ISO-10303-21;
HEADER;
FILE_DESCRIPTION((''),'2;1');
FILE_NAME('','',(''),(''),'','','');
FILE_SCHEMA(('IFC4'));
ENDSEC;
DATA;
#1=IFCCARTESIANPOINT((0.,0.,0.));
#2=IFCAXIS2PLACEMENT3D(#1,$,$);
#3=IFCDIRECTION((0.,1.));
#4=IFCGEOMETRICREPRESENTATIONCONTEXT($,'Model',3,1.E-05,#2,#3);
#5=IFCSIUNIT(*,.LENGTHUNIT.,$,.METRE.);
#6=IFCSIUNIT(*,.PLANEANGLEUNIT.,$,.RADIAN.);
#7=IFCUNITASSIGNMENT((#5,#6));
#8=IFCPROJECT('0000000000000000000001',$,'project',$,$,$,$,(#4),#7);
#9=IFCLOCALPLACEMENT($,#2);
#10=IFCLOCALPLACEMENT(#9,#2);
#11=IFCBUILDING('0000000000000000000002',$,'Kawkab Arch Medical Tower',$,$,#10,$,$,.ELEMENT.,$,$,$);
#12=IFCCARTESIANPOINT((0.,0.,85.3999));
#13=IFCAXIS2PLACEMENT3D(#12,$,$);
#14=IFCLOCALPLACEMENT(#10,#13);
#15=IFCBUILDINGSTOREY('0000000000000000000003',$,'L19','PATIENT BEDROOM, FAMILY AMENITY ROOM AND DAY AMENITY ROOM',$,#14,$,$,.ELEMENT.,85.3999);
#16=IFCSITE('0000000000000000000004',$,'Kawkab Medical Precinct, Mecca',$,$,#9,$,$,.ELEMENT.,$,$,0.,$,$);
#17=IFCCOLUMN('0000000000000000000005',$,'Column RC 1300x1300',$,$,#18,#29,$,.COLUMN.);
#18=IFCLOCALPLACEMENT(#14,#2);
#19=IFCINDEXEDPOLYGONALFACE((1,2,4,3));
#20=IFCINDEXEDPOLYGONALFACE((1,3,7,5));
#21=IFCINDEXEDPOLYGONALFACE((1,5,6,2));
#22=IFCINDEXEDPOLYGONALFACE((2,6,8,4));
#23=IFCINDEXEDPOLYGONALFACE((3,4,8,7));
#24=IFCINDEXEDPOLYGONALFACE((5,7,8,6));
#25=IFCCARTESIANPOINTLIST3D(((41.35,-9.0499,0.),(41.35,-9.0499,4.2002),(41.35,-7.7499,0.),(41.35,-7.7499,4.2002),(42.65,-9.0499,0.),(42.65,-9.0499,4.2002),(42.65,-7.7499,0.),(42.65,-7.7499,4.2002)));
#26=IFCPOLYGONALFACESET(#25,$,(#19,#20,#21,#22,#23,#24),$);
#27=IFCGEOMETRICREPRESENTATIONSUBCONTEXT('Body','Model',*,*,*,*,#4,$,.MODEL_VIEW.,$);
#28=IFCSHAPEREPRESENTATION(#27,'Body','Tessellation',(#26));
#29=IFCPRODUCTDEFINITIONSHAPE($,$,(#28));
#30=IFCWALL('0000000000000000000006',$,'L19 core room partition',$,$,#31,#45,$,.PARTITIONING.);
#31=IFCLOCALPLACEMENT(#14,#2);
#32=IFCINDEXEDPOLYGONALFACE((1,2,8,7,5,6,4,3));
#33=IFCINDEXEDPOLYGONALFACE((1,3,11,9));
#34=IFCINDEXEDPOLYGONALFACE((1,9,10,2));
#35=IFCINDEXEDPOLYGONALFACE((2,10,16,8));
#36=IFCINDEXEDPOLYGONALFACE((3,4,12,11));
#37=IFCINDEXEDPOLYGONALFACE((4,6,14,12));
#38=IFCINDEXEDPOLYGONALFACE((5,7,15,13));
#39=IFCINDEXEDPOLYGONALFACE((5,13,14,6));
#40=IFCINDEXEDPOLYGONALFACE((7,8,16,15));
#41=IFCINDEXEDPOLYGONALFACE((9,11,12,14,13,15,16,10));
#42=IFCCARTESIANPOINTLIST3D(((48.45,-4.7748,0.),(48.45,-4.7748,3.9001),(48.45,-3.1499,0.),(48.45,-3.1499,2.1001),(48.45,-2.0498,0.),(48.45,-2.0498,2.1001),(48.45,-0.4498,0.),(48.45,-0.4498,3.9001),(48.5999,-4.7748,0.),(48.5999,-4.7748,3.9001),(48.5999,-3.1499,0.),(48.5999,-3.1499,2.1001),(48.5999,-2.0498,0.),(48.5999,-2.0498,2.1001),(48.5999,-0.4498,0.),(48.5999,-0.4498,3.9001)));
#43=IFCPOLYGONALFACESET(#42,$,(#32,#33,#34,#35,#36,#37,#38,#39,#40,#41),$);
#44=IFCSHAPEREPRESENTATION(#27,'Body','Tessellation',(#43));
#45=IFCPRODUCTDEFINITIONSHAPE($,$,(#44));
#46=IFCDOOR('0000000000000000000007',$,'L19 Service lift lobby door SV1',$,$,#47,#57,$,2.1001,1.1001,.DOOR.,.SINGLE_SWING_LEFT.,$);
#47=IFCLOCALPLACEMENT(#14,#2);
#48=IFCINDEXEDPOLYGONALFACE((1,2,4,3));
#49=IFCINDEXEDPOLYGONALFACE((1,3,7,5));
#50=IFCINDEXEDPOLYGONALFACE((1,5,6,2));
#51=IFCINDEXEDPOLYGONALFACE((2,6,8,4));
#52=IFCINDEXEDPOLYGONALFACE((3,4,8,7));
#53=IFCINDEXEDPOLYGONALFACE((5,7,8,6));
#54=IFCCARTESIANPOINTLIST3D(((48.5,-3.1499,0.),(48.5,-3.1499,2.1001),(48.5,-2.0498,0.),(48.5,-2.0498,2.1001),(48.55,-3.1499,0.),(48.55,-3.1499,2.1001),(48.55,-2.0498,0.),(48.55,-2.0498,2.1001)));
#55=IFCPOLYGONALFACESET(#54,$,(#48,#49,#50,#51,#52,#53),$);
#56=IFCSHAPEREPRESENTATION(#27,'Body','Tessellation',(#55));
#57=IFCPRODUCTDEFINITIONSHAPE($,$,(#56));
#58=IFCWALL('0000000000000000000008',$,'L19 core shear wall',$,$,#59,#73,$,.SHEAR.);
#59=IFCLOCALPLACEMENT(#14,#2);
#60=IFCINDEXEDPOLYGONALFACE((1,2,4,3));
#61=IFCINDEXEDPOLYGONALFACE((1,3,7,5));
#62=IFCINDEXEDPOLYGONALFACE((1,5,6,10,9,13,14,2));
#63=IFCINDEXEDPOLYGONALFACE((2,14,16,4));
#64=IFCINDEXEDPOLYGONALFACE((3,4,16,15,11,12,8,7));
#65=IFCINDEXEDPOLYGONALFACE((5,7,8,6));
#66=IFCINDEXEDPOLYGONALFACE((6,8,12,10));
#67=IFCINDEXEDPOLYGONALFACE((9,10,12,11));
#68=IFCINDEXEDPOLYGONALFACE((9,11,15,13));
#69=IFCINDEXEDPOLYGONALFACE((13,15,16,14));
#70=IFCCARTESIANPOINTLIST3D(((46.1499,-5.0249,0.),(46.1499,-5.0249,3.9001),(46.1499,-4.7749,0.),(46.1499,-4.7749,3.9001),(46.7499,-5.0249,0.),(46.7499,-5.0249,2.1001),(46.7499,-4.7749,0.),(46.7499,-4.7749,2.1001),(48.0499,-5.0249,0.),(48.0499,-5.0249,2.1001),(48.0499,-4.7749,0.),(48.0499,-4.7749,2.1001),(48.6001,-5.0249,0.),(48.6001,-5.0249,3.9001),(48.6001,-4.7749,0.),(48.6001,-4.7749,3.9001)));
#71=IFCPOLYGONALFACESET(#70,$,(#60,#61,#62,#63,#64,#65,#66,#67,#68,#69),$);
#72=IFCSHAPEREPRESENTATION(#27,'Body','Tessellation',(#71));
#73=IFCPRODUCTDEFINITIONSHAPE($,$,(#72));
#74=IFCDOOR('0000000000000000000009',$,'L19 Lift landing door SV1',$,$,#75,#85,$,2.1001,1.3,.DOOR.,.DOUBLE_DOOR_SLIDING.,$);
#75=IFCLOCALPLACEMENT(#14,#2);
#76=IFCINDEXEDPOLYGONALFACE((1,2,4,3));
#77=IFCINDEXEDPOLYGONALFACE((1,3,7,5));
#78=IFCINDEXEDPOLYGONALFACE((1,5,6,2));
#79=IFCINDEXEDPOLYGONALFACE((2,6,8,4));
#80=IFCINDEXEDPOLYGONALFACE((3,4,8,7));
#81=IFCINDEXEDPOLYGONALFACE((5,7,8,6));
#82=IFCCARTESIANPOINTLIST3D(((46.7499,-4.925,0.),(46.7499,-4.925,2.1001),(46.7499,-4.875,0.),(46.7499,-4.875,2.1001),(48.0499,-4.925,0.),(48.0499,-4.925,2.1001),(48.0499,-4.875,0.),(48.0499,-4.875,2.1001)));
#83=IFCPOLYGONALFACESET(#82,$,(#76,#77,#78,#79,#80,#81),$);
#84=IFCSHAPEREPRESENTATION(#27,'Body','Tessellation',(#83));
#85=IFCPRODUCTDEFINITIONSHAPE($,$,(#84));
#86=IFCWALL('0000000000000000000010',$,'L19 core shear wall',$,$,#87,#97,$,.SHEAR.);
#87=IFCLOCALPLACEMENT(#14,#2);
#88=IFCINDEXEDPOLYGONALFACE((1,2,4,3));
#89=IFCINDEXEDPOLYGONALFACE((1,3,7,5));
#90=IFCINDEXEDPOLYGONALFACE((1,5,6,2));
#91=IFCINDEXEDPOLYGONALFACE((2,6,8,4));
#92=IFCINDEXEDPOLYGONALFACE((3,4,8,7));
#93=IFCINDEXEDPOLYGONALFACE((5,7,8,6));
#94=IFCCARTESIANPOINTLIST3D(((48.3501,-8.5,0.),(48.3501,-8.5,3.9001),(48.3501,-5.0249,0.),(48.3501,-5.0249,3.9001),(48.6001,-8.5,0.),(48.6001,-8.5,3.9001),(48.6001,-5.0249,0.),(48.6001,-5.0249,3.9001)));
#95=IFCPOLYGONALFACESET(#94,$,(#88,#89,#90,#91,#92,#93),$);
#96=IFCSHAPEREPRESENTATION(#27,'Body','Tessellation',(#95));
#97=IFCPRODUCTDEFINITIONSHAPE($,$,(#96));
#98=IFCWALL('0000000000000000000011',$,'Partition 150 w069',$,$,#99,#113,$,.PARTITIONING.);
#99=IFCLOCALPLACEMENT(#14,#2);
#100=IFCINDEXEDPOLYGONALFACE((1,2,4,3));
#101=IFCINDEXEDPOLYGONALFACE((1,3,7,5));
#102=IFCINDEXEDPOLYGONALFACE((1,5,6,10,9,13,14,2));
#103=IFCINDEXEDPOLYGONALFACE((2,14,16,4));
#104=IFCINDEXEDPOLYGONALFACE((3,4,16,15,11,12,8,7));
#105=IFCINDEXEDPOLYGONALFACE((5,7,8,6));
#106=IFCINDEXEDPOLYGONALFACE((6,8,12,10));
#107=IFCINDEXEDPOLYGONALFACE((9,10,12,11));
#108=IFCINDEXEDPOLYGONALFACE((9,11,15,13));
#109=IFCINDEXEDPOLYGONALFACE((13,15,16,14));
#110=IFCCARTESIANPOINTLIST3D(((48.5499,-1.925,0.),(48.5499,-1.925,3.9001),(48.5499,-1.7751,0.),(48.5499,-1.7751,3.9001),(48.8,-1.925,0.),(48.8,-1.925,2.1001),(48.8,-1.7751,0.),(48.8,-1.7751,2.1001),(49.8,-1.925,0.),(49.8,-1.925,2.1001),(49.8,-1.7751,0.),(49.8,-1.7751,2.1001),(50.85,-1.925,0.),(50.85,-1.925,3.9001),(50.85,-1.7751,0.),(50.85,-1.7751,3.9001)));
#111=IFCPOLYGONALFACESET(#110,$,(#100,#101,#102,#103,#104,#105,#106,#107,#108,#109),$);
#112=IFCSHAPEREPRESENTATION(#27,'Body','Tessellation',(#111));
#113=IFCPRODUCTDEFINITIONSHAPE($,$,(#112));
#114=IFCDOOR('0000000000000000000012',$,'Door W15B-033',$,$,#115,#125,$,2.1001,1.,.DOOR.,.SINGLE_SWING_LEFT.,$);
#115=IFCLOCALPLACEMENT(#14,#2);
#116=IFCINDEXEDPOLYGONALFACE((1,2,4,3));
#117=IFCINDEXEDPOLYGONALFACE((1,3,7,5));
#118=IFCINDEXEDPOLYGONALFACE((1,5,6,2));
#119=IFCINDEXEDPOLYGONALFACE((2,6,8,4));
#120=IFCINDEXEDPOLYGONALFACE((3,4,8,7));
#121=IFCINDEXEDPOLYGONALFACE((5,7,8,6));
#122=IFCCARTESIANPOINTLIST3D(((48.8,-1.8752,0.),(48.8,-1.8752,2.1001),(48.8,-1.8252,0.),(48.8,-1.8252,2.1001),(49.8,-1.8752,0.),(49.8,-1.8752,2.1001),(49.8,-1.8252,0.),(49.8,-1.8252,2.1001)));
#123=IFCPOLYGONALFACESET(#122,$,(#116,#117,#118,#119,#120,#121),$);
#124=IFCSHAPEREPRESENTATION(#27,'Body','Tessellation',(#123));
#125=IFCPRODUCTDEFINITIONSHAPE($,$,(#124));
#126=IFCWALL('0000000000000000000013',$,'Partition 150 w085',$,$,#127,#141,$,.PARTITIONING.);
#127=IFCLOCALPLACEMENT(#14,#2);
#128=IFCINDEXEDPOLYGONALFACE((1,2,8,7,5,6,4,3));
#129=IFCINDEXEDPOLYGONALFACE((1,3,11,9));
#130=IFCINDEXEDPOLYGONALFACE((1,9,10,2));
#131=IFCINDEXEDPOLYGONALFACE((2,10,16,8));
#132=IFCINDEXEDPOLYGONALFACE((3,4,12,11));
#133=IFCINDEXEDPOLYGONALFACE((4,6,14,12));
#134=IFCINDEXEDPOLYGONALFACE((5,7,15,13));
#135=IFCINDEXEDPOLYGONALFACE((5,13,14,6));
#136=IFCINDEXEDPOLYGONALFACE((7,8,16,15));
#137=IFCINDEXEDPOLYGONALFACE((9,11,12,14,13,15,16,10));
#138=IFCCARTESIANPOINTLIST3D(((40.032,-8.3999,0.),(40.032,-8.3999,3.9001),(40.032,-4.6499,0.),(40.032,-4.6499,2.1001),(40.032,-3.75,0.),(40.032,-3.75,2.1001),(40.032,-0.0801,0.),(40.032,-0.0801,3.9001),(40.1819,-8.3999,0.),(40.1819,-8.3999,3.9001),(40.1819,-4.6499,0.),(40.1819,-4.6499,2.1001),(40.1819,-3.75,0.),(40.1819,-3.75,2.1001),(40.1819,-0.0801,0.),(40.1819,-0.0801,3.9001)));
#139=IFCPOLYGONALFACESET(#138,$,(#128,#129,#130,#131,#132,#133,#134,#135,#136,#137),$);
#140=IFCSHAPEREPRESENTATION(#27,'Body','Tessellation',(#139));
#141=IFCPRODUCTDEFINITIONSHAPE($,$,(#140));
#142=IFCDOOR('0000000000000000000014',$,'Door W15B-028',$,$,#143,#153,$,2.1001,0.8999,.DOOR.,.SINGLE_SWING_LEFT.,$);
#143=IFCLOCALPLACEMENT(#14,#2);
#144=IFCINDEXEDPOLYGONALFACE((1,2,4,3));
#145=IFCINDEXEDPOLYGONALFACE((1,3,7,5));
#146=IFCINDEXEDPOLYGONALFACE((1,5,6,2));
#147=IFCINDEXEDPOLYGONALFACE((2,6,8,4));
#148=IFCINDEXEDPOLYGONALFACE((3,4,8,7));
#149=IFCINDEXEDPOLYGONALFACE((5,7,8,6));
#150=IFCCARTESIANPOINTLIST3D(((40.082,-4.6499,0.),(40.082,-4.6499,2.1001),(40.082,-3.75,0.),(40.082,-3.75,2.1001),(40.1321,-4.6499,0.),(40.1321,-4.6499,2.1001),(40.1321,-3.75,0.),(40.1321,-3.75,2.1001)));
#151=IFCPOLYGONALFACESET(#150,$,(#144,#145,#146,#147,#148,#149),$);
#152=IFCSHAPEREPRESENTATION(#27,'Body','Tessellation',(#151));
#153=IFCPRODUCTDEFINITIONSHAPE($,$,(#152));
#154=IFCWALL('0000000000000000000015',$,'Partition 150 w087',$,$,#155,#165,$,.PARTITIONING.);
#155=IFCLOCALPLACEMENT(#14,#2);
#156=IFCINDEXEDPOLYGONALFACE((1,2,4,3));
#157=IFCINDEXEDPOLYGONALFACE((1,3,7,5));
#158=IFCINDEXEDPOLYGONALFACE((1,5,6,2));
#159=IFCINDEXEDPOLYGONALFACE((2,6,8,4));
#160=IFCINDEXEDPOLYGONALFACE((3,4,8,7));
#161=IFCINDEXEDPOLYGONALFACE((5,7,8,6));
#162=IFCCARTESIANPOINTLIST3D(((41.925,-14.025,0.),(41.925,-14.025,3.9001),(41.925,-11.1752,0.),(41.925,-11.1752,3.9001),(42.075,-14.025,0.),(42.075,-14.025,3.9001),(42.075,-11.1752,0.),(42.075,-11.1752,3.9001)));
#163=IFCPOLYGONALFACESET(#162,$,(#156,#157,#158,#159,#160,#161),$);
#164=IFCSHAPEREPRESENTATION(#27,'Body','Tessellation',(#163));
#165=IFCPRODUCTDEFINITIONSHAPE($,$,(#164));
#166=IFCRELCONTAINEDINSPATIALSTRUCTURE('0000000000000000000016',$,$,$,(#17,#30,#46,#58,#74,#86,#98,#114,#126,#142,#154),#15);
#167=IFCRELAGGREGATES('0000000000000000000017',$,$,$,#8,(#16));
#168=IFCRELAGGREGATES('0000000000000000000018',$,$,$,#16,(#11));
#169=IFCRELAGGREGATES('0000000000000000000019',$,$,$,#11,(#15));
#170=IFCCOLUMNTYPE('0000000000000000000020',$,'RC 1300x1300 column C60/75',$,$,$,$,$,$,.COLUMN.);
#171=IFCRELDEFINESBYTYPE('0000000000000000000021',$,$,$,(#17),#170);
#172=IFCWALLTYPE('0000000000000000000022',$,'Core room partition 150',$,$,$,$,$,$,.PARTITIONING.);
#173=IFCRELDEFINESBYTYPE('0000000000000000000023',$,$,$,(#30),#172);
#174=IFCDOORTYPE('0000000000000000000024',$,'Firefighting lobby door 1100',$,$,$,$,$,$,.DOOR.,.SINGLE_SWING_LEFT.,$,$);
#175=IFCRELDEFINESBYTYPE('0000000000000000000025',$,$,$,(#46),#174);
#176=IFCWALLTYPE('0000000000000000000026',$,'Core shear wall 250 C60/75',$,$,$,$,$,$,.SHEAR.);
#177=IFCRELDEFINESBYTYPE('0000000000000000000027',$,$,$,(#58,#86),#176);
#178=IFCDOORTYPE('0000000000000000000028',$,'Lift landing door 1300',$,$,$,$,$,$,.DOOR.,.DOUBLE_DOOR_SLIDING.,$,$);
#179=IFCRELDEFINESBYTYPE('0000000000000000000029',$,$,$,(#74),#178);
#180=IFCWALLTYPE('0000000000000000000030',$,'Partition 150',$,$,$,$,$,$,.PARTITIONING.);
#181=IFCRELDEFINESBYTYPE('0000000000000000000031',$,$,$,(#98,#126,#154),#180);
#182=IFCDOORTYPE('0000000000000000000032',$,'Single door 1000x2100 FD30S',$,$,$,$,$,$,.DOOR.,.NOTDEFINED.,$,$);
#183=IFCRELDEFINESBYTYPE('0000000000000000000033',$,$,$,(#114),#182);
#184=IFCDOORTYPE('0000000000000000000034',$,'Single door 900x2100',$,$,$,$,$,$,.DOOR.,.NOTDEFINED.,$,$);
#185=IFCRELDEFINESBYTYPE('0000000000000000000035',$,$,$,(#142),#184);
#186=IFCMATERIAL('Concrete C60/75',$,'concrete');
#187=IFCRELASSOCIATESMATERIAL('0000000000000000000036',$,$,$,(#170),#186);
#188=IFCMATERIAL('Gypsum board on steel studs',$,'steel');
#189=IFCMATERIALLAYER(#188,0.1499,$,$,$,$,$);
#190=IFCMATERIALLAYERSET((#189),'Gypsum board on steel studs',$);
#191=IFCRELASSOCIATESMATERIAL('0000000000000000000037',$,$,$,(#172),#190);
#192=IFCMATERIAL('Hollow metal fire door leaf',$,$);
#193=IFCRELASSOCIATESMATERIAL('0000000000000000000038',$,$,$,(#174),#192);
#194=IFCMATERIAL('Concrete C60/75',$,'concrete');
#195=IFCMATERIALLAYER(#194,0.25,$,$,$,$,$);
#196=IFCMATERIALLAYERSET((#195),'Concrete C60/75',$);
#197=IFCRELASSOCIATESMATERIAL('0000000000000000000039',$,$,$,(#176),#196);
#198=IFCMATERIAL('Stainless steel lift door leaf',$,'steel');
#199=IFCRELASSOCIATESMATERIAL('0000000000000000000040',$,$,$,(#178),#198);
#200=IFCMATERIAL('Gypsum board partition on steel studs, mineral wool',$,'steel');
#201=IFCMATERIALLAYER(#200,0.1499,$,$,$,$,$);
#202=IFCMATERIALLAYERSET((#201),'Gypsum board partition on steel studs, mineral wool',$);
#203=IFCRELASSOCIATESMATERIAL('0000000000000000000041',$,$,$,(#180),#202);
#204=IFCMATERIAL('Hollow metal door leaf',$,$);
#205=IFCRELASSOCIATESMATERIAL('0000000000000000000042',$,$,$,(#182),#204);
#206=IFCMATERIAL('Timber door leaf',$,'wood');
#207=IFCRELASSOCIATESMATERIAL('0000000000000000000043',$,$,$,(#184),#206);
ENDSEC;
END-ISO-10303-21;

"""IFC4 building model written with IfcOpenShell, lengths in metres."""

from ifc_helpers import new_model, si_unit, direction, frame, frame_2d, origin, origin_2d, place, context, subcontext, project, spatial, rectangle, extrude, material, layer, layer_set, material_profile, profile_set, type_object, element, fill, save


model = new_model("IFC4")

# Units and contexts
model_context = context("Model", 3, precision=1e-05, world=origin(), true_north=direction((0.0, 1.0)))
body_context = subcontext(model_context, "Body", "Model", "MODEL_VIEW")
ifc_project = project(units=[si_unit("LENGTHUNIT", "METRE"), si_unit("PLANEANGLEUNIT", "RADIAN")], contexts=[model_context])

# Site, building, storey
site_placement = place(None, origin())
site = spatial("IfcSite", under=ifc_project, at=site_placement, Name="Kawkab Medical Precinct, Mecca", CompositionType="ELEMENT", RefElevation=0.0)
building_placement = place(site_placement, origin())
building = spatial("IfcBuilding", under=site, at=building_placement, Name="Kawkab Arch Medical Tower", CompositionType="ELEMENT")
storey_placement = place(building_placement, frame((0.0, 0.0, 85.3999)))
storey = spatial("IfcBuildingStorey", under=building, at=storey_placement, Name="L19", Description="PATIENT BEDROOM, FAMILY AMENITY ROOM AND DAY AMENITY ROOM", CompositionType="ELEMENT", Elevation=85.3999)

# Column
ifc_material_1 = material(Name="Concrete C60/75", Category="concrete")
ifc_material_profile = material_profile(ifc_material_1, rectangle(XDim=1.3, YDim=1.3, at=origin_2d()), Name="RC 1300x1300")
ifc_profile_set = profile_set([ifc_material_profile], Name="Concrete C60/75")
column_type = type_object("IfcColumnType", Name="RC 1300x1300 column C60/75", PredefinedType="COLUMN", material=ifc_profile_set)
column_placement = place(storey_placement, frame((42.0, -8.3999, 0.0), z_axis=(0.0, 0.0, 1.0), x_axis=(1.0, 0.0, 0.0)))
element("IfcColumn", 1, at=column_placement, inside=storey, type_object=column_type, Name="Column RC 1300x1300", PredefinedType="COLUMN", context=body_context, shape_type="SweptSolid", body=[
    extrude(rectangle(XDim=1.3, YDim=1.3, at=origin_2d()), origin(), (0.0, 0.0, 1.0), 4.2002),
])

# Walls, openings, doors
ifc_material_2 = material(Name="Gypsum board on steel studs", Category="steel")
ifc_layer_1 = layer(ifc_material_2, 0.1499)
ifc_layer_set_1 = layer_set([ifc_layer_1], Name="Gypsum board on steel studs")
wall_type_1 = type_object("IfcWallType", Name="Core room partition 150", PredefinedType="PARTITIONING", material=ifc_layer_set_1)
wall_1_placement = place(storey_placement, frame((48.5249, -4.7749, 0.0), z_axis=(0.0, 0.0, 1.0), x_axis=(0.0, 1.0, 0.0)))
wall_1 = element("IfcWall", 2, at=wall_1_placement, inside=storey, type_object=wall_type_1, Name="L19 core room partition", PredefinedType="PARTITIONING", context=body_context, shape_type="SweptSolid", body=[
    extrude(rectangle(XDim=4.325, YDim=0.1499, at=frame_2d((2.1626, 0.0))), origin(), (0.0, 0.0, 1.0), 3.9001),
])
opening_1_placement = place(wall_1_placement, frame((1.625, 0.0, 0.0)))
opening_1 = element("IfcOpeningElement", 3, at=opening_1_placement, cuts=wall_1, PredefinedType="OPENING", context=body_context, shape_type="SweptSolid", body=[
    extrude(rectangle(XDim=1.1001, YDim=2.1001, at=frame_2d((0.55, 1.05))), frame((0.0, 0.085, 0.0), z_axis=(0.0, -1.0, 0.0), x_axis=(1.0, 0.0, 0.0)), (0.0, 0.0, 1.0), 0.1699),
])
ifc_material_3 = material(Name="Hollow metal fire door leaf")
door_type_1 = type_object("IfcDoorType", Name="Firefighting lobby door 1100", OperationType="SINGLE_SWING_LEFT", PredefinedType="DOOR", material=ifc_material_3)
door_1_placement = place(opening_1_placement, origin())
door_1 = element("IfcDoor", 4, at=door_1_placement, inside=storey, type_object=door_type_1, Name="L19 Service lift lobby door SV1", OperationType="SINGLE_SWING_LEFT", OverallHeight=2.1001, OverallWidth=1.1001, PredefinedType="DOOR", context=body_context, shape_type="SweptSolid", body=[
    extrude(rectangle(XDim=1.1001, YDim=2.1001, at=frame_2d((0.55, 1.05))), frame((0.0, 0.0249, 0.0), z_axis=(0.0, -1.0, 0.0), x_axis=(1.0, 0.0, 0.0)), (0.0, 0.0, 1.0), 0.05),
])
fill(opening_1, door_1)
ifc_material_4 = material(Name="Concrete C60/75", Category="concrete")
ifc_layer_2 = layer(ifc_material_4, 0.25)
ifc_layer_set_2 = layer_set([ifc_layer_2], Name="Concrete C60/75")
wall_type_2 = type_object("IfcWallType", Name="Core shear wall 250 C60/75", PredefinedType="SHEAR", material=ifc_layer_set_2)
wall_2_placement = place(storey_placement, frame((46.1499, -4.8999, 0.0), z_axis=(0.0, 0.0, 1.0), x_axis=(1.0, 0.0, 0.0)))
wall_2 = element("IfcWall", 5, at=wall_2_placement, inside=storey, type_object=wall_type_2, Name="L19 core shear wall", PredefinedType="SHEAR", context=body_context, shape_type="SweptSolid", body=[
    extrude(rectangle(XDim=2.4502, YDim=0.25, at=frame_2d((1.2251, 0.0))), origin(), (0.0, 0.0, 1.0), 3.9001),
])
opening_2_placement = place(wall_2_placement, frame((0.6001, 0.0, 0.0)))
opening_2 = element("IfcOpeningElement", 6, at=opening_2_placement, cuts=wall_2, PredefinedType="OPENING", context=body_context, shape_type="SweptSolid", body=[
    extrude(rectangle(XDim=1.3, YDim=2.1001, at=frame_2d((0.6499, 1.05))), frame((0.0, 0.135, 0.0), z_axis=(0.0, -1.0, 0.0), x_axis=(1.0, 0.0, 0.0)), (0.0, 0.0, 1.0), 0.27),
])
ifc_material_5 = material(Name="Stainless steel lift door leaf", Category="steel")
door_type_2 = type_object("IfcDoorType", Name="Lift landing door 1300", OperationType="DOUBLE_DOOR_SLIDING", PredefinedType="DOOR", material=ifc_material_5)
door_2_placement = place(opening_2_placement, origin())
door_2 = element("IfcDoor", 7, at=door_2_placement, inside=storey, type_object=door_type_2, Name="L19 Lift landing door SV1", OperationType="DOUBLE_DOOR_SLIDING", OverallHeight=2.1001, OverallWidth=1.3, PredefinedType="DOOR", context=body_context, shape_type="SweptSolid", body=[
    extrude(rectangle(XDim=1.3, YDim=2.1001, at=frame_2d((0.6499, 1.05))), frame((0.0, 0.0249, 0.0), z_axis=(0.0, -1.0, 0.0), x_axis=(1.0, 0.0, 0.0)), (0.0, 0.0, 1.0), 0.05),
])
fill(opening_2, door_2)

# Wall
wall_3_placement = place(storey_placement, frame((48.4751, -8.5, 0.0), z_axis=(0.0, 0.0, 1.0), x_axis=(0.0, 1.0, 0.0)))
element("IfcWall", 8, at=wall_3_placement, inside=storey, type_object=wall_type_2, Name="L19 core shear wall", PredefinedType="SHEAR", context=body_context, shape_type="SweptSolid", body=[
    extrude(rectangle(XDim=3.4751, YDim=0.25, at=frame_2d((1.7375, 0.0))), origin(), (0.0, 0.0, 1.0), 3.9001),
])

# Walls, openings, doors
ifc_material_6 = material(Name="Gypsum board partition on steel studs, mineral wool", Category="steel")
ifc_layer_3 = layer(ifc_material_6, 0.1499)
ifc_layer_set_3 = layer_set([ifc_layer_3], Name="Gypsum board partition on steel studs, mineral wool")
wall_type_3 = type_object("IfcWallType", Name="Partition 150", PredefinedType="PARTITIONING", material=ifc_layer_set_3)
wall_4_placement = place(storey_placement, frame((48.55, -1.8501, 0.0), z_axis=(0.0, 0.0, 1.0), x_axis=(1.0, 0.0, 0.0)))
wall_4 = element("IfcWall", 9, at=wall_4_placement, inside=storey, type_object=wall_type_3, Name="Partition 150 w069", PredefinedType="PARTITIONING", context=body_context, shape_type="SweptSolid", body=[
    extrude(rectangle(XDim=2.3, YDim=0.1499, at=frame_2d((1.1499, 0.0))), origin(), (0.0, 0.0, 1.0), 3.9001),
])
opening_3_placement = place(wall_4_placement, frame((0.25, 0.0, 0.0)))
opening_3 = element("IfcOpeningElement", 10, at=opening_3_placement, cuts=wall_4, PredefinedType="OPENING", context=body_context, shape_type="SweptSolid", body=[
    extrude(rectangle(XDim=1.0, YDim=2.1001, at=frame_2d((0.5, 1.05))), frame((0.0, 0.085, 0.0), z_axis=(0.0, -1.0, 0.0), x_axis=(1.0, 0.0, 0.0)), (0.0, 0.0, 1.0), 0.1699),
])
ifc_material_7 = material(Name="Hollow metal door leaf")
door_type_3 = type_object("IfcDoorType", Name="Single door 1000x2100 FD30S", OperationType="NOTDEFINED", PredefinedType="DOOR", material=ifc_material_7)
door_3_placement = place(opening_3_placement, origin())
door_3 = element("IfcDoor", 11, at=door_3_placement, inside=storey, type_object=door_type_3, Name="Door W15B-033", OperationType="SINGLE_SWING_LEFT", OverallHeight=2.1001, OverallWidth=1.0, PredefinedType="DOOR", context=body_context, shape_type="SweptSolid", body=[
    extrude(rectangle(XDim=1.0, YDim=2.1001, at=frame_2d((0.5, 1.05))), frame((0.0, 0.0249, 0.0), z_axis=(0.0, -1.0, 0.0), x_axis=(1.0, 0.0, 0.0)), (0.0, 0.0, 1.0), 0.05),
])
fill(opening_3, door_3)
wall_5_placement = place(storey_placement, frame((40.1069, -8.3999, 0.0), z_axis=(0.0, 0.0, 1.0), x_axis=(0.0, 1.0, 0.0)))
wall_5 = element("IfcWall", 12, at=wall_5_placement, inside=storey, type_object=wall_type_3, Name="Partition 150 w085", PredefinedType="PARTITIONING", context=body_context, shape_type="SweptSolid", body=[
    extrude(rectangle(XDim=8.3198, YDim=0.1499, at=frame_2d((4.1599, 0.0))), origin(), (0.0, 0.0, 1.0), 3.9001),
])
opening_4_placement = place(wall_5_placement, frame((3.75, 0.0, 0.0)))
opening_4 = element("IfcOpeningElement", 13, at=opening_4_placement, cuts=wall_5, PredefinedType="OPENING", context=body_context, shape_type="SweptSolid", body=[
    extrude(rectangle(XDim=0.8999, YDim=2.1001, at=frame_2d((0.45, 1.05))), frame((0.0, 0.085, 0.0), z_axis=(0.0, -1.0, 0.0), x_axis=(1.0, 0.0, 0.0)), (0.0, 0.0, 1.0), 0.1699),
])
ifc_material_8 = material(Name="Timber door leaf", Category="wood")
door_type_4 = type_object("IfcDoorType", Name="Single door 900x2100", OperationType="NOTDEFINED", PredefinedType="DOOR", material=ifc_material_8)
door_4_placement = place(opening_4_placement, origin())
door_4 = element("IfcDoor", 14, at=door_4_placement, inside=storey, type_object=door_type_4, Name="Door W15B-028", OperationType="SINGLE_SWING_LEFT", OverallHeight=2.1001, OverallWidth=0.8999, PredefinedType="DOOR", context=body_context, shape_type="SweptSolid", body=[
    extrude(rectangle(XDim=0.8999, YDim=2.1001, at=frame_2d((0.45, 1.05))), frame((0.0, 0.0249, 0.0), z_axis=(0.0, -1.0, 0.0), x_axis=(1.0, 0.0, 0.0)), (0.0, 0.0, 1.0), 0.05),
])
fill(opening_4, door_4)

# Wall
for number, where, z_axis, x_axis, name in (
    (15, (42.0, -14.0249, 0.0), (0.0, 0.0, 1.0), (0.0, 1.0, 0.0), "Partition 150 w087"),
):
    element("IfcWall", number, at=place(storey_placement, frame(where, z_axis=z_axis, x_axis=x_axis)), inside=storey, type_object=wall_type_3, Name=name, PredefinedType="PARTITIONING", context=body_context, shape_type="SweptSolid", body=[
        extrude(rectangle(XDim=2.8499, YDim=0.1499, at=frame_2d((1.4248, 0.0))), origin(), (0.0, 0.0, 1.0), 3.9001),
    ])

save(model, "model.ifc")
